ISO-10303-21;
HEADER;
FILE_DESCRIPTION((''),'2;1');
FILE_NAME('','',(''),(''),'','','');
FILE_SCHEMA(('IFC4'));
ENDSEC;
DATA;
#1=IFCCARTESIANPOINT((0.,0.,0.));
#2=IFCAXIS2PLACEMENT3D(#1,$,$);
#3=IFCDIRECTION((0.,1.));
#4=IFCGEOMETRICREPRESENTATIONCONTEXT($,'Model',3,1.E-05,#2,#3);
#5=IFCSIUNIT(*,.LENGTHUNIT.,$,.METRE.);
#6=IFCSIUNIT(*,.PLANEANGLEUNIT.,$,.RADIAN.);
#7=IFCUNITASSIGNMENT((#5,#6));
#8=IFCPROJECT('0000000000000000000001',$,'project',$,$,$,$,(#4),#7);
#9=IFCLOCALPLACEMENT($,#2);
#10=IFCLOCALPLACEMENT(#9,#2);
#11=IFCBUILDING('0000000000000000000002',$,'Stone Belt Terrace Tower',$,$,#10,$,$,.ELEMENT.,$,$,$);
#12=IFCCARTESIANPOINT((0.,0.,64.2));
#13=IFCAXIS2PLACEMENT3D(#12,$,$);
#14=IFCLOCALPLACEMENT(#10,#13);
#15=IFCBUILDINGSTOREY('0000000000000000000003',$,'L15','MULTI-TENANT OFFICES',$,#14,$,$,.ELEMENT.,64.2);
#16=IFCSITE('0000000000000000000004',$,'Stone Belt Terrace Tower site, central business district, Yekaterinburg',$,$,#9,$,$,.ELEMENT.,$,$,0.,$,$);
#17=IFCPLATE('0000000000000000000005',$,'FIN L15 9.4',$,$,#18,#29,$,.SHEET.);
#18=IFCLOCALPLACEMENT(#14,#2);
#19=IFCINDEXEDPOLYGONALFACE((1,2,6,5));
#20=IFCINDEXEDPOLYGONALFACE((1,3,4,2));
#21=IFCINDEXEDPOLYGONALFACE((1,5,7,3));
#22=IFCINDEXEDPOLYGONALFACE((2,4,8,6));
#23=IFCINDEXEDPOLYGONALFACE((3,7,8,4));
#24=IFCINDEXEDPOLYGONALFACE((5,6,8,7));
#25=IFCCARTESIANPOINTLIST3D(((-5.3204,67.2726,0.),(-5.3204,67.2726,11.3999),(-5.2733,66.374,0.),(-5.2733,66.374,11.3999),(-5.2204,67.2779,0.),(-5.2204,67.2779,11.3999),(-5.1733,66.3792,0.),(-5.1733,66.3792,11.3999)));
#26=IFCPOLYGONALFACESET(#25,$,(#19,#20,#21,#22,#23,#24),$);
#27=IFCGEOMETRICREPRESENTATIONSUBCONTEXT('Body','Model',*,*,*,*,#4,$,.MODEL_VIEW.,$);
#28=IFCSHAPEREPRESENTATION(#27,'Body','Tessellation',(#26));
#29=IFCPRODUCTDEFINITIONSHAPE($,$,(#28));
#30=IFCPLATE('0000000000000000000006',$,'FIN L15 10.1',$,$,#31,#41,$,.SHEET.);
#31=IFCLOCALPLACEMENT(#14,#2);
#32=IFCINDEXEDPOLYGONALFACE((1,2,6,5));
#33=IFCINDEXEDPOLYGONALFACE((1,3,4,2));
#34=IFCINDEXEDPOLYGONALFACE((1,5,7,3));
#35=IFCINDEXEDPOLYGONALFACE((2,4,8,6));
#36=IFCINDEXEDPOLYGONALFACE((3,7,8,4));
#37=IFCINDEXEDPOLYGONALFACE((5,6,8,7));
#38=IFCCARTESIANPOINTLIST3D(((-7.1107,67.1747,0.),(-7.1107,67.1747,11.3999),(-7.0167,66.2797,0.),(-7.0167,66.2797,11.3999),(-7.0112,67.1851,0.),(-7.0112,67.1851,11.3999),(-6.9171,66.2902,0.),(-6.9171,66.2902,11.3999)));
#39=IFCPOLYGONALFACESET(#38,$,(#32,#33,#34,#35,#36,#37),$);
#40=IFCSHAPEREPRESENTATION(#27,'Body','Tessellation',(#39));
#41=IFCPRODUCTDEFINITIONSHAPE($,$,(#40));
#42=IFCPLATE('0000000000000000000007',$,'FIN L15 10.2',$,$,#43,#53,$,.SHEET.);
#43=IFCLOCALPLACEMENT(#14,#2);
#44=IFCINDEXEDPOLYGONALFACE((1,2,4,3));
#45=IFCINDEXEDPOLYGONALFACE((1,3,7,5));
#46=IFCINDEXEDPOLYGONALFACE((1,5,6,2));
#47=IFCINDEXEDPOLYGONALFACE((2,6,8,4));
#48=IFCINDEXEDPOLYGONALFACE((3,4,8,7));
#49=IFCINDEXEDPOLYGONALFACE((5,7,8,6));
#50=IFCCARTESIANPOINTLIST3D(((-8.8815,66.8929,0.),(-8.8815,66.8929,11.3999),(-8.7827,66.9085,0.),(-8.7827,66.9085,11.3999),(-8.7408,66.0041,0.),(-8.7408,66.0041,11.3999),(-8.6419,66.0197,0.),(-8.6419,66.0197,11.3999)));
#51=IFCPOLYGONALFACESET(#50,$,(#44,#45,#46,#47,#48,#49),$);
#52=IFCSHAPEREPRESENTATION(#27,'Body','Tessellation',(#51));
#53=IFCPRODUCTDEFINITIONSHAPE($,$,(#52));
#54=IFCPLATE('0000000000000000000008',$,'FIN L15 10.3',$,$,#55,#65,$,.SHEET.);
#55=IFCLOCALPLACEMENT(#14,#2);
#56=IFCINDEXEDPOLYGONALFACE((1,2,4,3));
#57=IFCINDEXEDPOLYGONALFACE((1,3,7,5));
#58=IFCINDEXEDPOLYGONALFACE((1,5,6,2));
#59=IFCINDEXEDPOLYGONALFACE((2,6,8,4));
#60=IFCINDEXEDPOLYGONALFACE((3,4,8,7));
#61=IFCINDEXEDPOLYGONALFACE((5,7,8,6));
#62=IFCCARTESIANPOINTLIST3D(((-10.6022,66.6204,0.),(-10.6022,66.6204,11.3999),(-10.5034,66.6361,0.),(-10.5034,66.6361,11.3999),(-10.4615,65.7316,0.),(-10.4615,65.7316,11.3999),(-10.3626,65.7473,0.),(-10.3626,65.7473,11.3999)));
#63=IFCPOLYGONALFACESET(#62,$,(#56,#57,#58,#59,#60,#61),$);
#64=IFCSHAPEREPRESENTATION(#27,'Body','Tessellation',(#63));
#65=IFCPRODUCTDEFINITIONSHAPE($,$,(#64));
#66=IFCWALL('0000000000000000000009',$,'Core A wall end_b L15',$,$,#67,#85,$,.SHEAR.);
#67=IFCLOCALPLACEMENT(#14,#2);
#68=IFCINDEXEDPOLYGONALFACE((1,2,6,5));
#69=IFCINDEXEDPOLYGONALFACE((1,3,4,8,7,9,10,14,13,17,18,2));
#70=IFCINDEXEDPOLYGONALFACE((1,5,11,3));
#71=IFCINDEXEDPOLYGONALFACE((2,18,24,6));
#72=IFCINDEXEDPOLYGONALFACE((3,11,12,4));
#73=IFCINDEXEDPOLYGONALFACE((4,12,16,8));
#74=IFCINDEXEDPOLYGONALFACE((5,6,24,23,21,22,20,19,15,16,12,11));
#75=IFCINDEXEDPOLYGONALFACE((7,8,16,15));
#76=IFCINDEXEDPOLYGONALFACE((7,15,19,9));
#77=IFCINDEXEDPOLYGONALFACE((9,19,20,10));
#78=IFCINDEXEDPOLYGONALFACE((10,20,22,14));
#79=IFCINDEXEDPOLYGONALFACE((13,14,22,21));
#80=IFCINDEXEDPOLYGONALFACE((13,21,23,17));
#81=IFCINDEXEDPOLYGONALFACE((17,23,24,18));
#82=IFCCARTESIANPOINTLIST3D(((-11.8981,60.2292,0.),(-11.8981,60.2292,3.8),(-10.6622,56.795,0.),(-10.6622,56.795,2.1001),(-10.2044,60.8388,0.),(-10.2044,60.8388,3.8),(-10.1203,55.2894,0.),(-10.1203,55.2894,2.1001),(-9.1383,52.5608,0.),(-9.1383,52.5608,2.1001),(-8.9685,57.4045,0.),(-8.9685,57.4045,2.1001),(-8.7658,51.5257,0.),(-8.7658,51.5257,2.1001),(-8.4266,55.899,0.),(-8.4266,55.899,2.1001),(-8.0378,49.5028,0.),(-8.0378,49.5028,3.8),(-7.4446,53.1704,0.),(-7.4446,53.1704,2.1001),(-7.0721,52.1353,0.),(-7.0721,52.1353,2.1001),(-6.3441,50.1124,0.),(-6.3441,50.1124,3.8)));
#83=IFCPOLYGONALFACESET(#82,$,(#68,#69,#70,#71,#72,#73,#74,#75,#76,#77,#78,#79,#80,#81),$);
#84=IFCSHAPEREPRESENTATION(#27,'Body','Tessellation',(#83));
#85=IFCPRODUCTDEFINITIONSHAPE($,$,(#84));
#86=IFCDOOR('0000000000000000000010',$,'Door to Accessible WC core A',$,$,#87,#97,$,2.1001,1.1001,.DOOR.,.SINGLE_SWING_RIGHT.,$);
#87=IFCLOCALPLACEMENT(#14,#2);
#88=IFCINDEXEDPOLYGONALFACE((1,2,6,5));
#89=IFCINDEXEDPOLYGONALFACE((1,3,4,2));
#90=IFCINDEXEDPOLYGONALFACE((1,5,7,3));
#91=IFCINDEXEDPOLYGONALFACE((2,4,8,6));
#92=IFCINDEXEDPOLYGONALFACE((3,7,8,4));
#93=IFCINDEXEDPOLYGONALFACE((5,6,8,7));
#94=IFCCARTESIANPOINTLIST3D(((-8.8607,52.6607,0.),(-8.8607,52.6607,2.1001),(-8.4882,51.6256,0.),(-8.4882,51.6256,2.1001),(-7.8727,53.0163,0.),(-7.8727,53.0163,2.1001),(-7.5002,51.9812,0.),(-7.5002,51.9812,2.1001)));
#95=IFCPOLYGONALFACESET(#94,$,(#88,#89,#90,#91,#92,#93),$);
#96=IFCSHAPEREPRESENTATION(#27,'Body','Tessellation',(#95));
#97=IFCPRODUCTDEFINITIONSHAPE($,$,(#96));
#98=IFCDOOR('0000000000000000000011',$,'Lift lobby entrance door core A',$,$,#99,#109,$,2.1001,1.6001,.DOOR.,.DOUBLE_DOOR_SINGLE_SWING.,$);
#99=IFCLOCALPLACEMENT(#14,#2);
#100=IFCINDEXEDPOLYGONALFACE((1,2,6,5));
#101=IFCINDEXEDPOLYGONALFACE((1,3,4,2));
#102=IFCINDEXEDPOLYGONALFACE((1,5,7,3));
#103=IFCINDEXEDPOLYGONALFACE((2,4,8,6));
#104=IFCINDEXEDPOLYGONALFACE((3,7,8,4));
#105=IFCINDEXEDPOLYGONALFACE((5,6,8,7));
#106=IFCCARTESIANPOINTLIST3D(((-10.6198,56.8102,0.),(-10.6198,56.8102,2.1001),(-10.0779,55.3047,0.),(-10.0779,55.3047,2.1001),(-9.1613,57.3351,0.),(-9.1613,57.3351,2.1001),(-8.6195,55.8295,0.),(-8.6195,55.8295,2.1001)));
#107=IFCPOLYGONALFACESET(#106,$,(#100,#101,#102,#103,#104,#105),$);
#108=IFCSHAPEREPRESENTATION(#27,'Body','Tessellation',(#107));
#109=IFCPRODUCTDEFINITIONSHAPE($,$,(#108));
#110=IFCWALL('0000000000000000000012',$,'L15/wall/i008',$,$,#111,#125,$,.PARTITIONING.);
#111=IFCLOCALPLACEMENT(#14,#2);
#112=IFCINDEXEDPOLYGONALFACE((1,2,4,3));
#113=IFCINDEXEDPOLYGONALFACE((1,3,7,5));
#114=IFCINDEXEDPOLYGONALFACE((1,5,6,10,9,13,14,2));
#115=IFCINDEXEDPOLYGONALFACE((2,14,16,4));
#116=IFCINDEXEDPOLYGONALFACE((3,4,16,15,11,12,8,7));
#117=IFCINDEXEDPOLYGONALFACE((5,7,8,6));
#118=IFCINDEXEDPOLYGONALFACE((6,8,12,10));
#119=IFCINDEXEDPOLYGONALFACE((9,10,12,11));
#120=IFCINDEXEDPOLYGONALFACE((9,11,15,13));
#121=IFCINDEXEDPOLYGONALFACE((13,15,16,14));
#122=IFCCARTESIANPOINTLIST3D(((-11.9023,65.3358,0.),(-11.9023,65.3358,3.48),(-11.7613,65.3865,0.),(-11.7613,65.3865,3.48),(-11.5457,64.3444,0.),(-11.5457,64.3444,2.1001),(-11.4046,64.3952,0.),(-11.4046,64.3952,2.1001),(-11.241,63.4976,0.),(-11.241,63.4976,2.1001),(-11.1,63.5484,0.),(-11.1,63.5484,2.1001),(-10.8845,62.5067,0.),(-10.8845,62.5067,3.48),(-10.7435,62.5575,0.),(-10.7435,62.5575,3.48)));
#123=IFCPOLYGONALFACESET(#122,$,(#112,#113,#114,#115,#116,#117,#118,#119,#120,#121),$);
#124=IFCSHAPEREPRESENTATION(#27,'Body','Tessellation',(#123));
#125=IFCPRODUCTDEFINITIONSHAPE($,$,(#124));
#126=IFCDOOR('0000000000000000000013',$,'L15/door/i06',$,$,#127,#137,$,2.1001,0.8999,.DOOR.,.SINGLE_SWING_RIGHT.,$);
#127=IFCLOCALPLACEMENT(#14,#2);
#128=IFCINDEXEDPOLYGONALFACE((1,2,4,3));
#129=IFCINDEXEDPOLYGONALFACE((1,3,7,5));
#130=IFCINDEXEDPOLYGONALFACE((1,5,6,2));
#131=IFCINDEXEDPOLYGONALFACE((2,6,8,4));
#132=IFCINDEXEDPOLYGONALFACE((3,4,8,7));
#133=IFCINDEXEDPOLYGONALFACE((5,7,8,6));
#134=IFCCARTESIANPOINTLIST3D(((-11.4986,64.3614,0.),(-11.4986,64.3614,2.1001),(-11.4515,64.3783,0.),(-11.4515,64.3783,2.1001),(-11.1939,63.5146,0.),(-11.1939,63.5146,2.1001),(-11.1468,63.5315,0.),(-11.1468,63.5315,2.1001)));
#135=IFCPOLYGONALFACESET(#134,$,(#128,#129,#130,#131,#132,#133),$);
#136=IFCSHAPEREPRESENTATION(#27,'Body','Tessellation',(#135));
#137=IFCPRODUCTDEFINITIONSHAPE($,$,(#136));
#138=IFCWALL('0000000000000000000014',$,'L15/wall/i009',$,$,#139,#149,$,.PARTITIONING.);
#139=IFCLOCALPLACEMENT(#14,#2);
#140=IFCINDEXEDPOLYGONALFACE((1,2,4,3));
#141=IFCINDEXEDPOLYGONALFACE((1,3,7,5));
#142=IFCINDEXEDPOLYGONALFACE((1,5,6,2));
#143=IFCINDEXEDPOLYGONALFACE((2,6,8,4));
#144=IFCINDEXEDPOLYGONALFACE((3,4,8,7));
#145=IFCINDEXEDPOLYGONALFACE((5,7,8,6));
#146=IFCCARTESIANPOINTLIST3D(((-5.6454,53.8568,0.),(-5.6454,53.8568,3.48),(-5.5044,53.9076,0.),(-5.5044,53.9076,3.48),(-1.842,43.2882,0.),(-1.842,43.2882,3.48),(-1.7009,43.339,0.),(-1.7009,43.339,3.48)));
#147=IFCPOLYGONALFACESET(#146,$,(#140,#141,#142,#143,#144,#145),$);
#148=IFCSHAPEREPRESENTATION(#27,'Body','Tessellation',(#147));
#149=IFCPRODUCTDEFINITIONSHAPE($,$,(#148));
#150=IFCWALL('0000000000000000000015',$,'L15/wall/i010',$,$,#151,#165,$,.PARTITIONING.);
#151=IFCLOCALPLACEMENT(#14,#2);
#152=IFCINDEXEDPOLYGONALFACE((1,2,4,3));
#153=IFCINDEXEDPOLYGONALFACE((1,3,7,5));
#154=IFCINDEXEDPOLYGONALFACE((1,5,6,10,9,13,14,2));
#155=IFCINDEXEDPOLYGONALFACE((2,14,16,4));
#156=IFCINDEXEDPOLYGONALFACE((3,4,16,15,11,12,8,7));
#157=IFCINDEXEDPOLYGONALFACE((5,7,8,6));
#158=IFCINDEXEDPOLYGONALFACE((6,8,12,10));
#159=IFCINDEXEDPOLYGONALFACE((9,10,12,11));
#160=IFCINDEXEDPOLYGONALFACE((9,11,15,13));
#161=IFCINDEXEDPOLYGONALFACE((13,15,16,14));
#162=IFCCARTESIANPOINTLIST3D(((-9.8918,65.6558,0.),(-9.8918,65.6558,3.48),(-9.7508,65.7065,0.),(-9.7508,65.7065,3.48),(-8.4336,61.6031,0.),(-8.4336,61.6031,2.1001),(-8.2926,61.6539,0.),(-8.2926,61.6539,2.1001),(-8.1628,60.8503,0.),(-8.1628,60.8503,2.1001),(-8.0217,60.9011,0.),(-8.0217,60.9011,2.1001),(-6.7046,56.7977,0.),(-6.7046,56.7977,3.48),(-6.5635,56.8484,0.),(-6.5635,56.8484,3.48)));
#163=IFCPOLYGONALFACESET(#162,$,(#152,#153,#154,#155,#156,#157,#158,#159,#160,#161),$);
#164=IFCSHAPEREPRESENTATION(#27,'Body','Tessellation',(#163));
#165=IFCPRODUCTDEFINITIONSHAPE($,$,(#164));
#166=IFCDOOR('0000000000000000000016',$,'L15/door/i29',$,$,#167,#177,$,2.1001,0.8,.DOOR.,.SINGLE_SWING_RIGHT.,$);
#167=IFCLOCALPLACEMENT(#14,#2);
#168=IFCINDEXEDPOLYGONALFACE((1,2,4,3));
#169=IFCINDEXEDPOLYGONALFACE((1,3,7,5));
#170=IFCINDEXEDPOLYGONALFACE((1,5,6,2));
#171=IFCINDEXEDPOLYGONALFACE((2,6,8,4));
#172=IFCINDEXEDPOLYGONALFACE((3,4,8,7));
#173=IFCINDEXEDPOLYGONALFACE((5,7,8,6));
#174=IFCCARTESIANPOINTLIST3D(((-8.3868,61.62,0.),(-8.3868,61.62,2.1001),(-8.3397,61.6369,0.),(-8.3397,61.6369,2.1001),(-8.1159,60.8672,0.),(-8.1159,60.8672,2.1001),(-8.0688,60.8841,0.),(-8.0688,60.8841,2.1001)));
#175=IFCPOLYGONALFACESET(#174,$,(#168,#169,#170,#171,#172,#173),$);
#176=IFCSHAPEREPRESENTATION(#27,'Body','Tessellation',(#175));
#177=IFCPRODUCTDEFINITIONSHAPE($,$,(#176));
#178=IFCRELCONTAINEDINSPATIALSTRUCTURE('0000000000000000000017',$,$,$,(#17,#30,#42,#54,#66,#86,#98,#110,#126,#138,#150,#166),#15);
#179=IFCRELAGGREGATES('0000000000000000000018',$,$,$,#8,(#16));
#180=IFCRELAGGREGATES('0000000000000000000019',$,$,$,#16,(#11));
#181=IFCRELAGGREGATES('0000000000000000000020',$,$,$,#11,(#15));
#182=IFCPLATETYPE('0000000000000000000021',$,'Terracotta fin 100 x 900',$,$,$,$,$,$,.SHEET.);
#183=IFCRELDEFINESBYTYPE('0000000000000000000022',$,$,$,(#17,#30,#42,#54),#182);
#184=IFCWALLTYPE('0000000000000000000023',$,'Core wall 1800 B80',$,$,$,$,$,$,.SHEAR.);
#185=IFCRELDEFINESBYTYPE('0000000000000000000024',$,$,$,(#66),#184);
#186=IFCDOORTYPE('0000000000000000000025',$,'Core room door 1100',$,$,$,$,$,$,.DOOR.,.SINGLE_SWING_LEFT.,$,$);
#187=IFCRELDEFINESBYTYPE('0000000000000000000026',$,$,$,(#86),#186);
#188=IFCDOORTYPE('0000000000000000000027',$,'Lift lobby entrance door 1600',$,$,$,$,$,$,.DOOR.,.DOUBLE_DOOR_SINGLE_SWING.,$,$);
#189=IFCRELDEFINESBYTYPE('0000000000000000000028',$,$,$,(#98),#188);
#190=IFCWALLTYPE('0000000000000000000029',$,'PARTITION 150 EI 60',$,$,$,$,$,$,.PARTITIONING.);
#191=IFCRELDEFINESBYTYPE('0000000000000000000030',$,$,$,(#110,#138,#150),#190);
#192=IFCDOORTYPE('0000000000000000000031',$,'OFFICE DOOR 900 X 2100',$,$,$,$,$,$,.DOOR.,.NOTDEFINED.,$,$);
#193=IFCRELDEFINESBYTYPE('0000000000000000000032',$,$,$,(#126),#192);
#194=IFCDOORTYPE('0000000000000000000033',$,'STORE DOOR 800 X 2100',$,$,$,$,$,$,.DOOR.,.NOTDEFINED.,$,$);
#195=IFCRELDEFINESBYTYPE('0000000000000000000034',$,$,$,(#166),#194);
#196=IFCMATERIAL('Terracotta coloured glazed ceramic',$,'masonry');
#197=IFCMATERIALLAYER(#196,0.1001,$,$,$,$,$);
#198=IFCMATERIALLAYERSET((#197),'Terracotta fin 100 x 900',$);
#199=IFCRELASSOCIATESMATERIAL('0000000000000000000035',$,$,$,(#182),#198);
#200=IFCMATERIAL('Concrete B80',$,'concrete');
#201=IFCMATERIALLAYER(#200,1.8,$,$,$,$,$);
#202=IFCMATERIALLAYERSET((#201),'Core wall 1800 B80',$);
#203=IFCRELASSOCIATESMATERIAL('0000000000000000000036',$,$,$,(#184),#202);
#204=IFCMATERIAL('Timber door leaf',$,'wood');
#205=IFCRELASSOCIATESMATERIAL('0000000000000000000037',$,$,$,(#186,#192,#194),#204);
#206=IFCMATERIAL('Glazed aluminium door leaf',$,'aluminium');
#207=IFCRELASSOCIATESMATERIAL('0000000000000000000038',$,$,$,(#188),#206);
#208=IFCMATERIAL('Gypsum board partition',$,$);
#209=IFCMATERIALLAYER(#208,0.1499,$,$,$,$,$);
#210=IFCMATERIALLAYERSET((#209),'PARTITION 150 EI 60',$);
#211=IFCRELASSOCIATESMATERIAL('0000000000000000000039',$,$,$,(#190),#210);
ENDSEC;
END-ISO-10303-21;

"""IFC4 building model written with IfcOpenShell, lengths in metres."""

from ifc_helpers import new_model, si_unit, direction, frame, frame_2d, origin, origin_2d, place, context, subcontext, project, spatial, rectangle, extrude, material, layer, layer_set, type_object, element, fill, save


model = new_model("IFC4")

# Units and contexts
model_context = context("Model", 3, precision=1e-05, world=origin(), true_north=direction((0.0, 1.0)))
body_context = subcontext(model_context, "Body", "Model", "MODEL_VIEW")
ifc_project = project(units=[si_unit("LENGTHUNIT", "METRE"), si_unit("PLANEANGLEUNIT", "RADIAN")], contexts=[model_context])

# Site, building, storey
site_placement = place(None, origin())
site = spatial("IfcSite", under=ifc_project, at=site_placement, Name="Stone Belt Terrace Tower site, central business district, Yekaterinburg", CompositionType="ELEMENT", RefElevation=0.0)
building_placement = place(site_placement, origin())
building = spatial("IfcBuilding", under=site, at=building_placement, Name="Stone Belt Terrace Tower", CompositionType="ELEMENT")
storey_placement = place(building_placement, frame((0.0, 0.0, 64.2)))
storey = spatial("IfcBuildingStorey", under=building, at=storey_placement, Name="L15", Description="MULTI-TENANT OFFICES", CompositionType="ELEMENT", Elevation=64.2)

# Shared definitions
ifc_material_1 = material(Name="Concrete B80", Category="concrete")

# Plates
ifc_material_2 = material(Name="Terracotta coloured glazed ceramic", Category="masonry")
ifc_layer_1 = layer(ifc_material_2, 0.1001)
ifc_layer_set_1 = layer_set([ifc_layer_1], Name="Terracotta fin 100 x 900")
plate_type_1 = type_object("IfcPlateType", Name="Terracotta fin 100 x 900", PredefinedType="SHEET", material=ifc_layer_set_1)
for number, where, z_axis, x_axis, name in (
    (1, (-5.2468, 66.8259, 0.0), (0.0, 0.0, 1.0), (-0.052336, 0.99863, 0.0), "FIN L15 9.4"),
    (2, (-7.0139, 66.7324, 0.0), (0.0, 0.0, 1.0), (-0.104528, 0.994522, 0.0), "FIN L15 10.1"),
    (3, (-8.7617, 66.4563, 0.0), (0.0, 0.0, 1.0), (-0.156434, 0.987688, 0.0), "FIN L15 10.2"),
    (4, (-10.4824, 66.1838, 0.0), (0.0, 0.0, 1.0), (-0.156434, 0.987688, 0.0), "FIN L15 10.3"),
):
    element("IfcPlate", number, at=place(storey_placement, frame(where, z_axis=z_axis, x_axis=x_axis)), inside=storey, type_object=plate_type_1, Name=name, PredefinedType="SHEET", context=body_context, shape_type="SweptSolid", body=[
        extrude(rectangle(XDim=0.8999, YDim=0.1001, at=origin_2d()), origin(), (0.0, 0.0, 1.0), 11.3999),
    ])

# Wall, openings, doors
ifc_layer_2 = layer(ifc_material_1, 1.8)
ifc_layer_set_2 = layer_set([ifc_layer_2], Name="Core wall 1800 B80")
wall_type_1 = type_object("IfcWallType", Name="Core wall 1800 B80", PredefinedType="SHEAR", material=ifc_layer_set_2)
wall_1_placement = place(storey_placement, frame((-7.1909, 49.8076, 0.0), z_axis=(0.0, 0.0, 1.0), x_axis=(-0.338632, 0.940919, 0.0)))
wall_1 = element("IfcWall", 5, at=wall_1_placement, inside=storey, type_object=wall_type_1, Name="Core A wall end_b L15", PredefinedType="SHEAR", context=body_context, shape_type="SweptSolid", body=[
    extrude(rectangle(XDim=11.3999, YDim=1.8, at=frame_2d((5.7, 0.0))), origin(), (0.0, 0.0, 1.0), 3.8),
])
opening_1_placement = place(wall_1_placement, frame((6.1499, 0.0, 0.0)))
opening_1 = element("IfcOpeningElement", 6, at=opening_1_placement, cuts=wall_1, PredefinedType="OPENING", context=body_context, shape_type="SweptSolid", body=[
    extrude(rectangle(XDim=1.6001, YDim=2.1001, at=frame_2d((0.8, 1.05))), frame((0.0, 0.9099, 0.0), z_axis=(0.0, -1.0, 0.0), x_axis=(1.0, 0.0, 0.0)), (0.0, 0.0, 1.0), 1.8201),
])
opening_2_placement = place(wall_1_placement, frame((2.1499, 0.0, 0.0)))
opening_2 = element("IfcOpeningElement", 7, at=opening_2_placement, cuts=wall_1, PredefinedType="OPENING", context=body_context, shape_type="SweptSolid", body=[
    extrude(rectangle(XDim=1.1001, YDim=2.1001, at=frame_2d((0.55, 1.05))), frame((0.0, 0.9099, 0.0), z_axis=(0.0, -1.0, 0.0), x_axis=(1.0, 0.0, 0.0)), (0.0, 0.0, 1.0), 1.8201),
])
ifc_material_3 = material(Name="Timber door leaf", Category="wood")
door_type_1 = type_object("IfcDoorType", Name="Core room door 1100", OperationType="SINGLE_SWING_LEFT", PredefinedType="DOOR", material=ifc_material_3)
door_1_placement = place(opening_2_placement, origin())
door_1 = element("IfcDoor", 8, at=door_1_placement, inside=storey, type_object=door_type_1, Name="Door to Accessible WC core A", OperationType="SINGLE_SWING_RIGHT", OverallHeight=2.1001, OverallWidth=1.1001, PredefinedType="DOOR", context=body_context, shape_type="SweptSolid", body=[
    extrude(rectangle(XDim=1.1001, YDim=2.1001, at=frame_2d((0.55, 1.05))), frame((0.0, 0.605, 0.0), z_axis=(0.0, -1.0, 0.0), x_axis=(1.0, 0.0, 0.0)), (0.0, 0.0, 1.0), 1.05),
])
fill(opening_2, door_1)
ifc_material_4 = material(Name="Glazed aluminium door leaf", Category="aluminium")
door_type_2 = type_object("IfcDoorType", Name="Lift lobby entrance door 1600", OperationType="DOUBLE_DOOR_SINGLE_SWING", PredefinedType="DOOR", material=ifc_material_4)
door_2_placement = place(opening_1_placement, origin())
door_2 = element("IfcDoor", 9, at=door_2_placement, inside=storey, type_object=door_type_2, Name="Lift lobby entrance door core A", OperationType="DOUBLE_DOOR_SINGLE_SWING", OverallHeight=2.1001, OverallWidth=1.6001, PredefinedType="DOOR", context=body_context, shape_type="SweptSolid", body=[
    extrude(rectangle(XDim=1.6001, YDim=2.1001, at=frame_2d((0.8, 1.05))), frame((0.0, 0.855, 0.0), z_axis=(0.0, -1.0, 0.0), x_axis=(1.0, 0.0, 0.0)), (0.0, 0.0, 1.0), 1.55),
])
fill(opening_1, door_2)

# Wall, opening, door
ifc_material_5 = material(Name="Gypsum board partition")
ifc_layer_3 = layer(ifc_material_5, 0.1499)
ifc_layer_set_3 = layer_set([ifc_layer_3], Name="PARTITION 150 EI 60")
wall_type_2 = type_object("IfcWallType", Name="PARTITION 150 EI 60", PredefinedType="PARTITIONING", material=ifc_layer_set_3)
wall_2_placement = place(storey_placement, frame((-10.814, 62.532, 0.0), z_axis=(0.0, 0.0, 1.0), x_axis=(-0.338527, 0.940957, 0.0)))
wall_2 = element("IfcWall", 10, at=wall_2_placement, inside=storey, type_object=wall_type_2, Name="L15/wall/i008", PredefinedType="PARTITIONING", context=body_context, shape_type="SweptSolid", body=[
    extrude(rectangle(XDim=3.0066, YDim=0.1499, at=frame_2d((1.5034, 0.0))), origin(), (0.0, 0.0, 1.0), 3.48),
])
opening_3_placement = place(wall_2_placement, frame((1.0532, 0.0, 0.0)))
opening_3 = element("IfcOpeningElement", 11, at=opening_3_placement, cuts=wall_2, PredefinedType="OPENING", context=body_context, shape_type="SweptSolid", body=[
    extrude(rectangle(XDim=0.8999, YDim=2.1001, at=frame_2d((0.45, 1.05))), frame((0.0, 0.085, 0.0), z_axis=(0.0, -1.0, 0.0), x_axis=(1.0, 0.0, 0.0)), (0.0, 0.0, 1.0), 0.1699),
])
door_type_3 = type_object("IfcDoorType", Name="OFFICE DOOR 900 X 2100", OperationType="NOTDEFINED", PredefinedType="DOOR", material=ifc_material_3)
door_3_placement = place(opening_3_placement, origin())
door_3 = element("IfcDoor", 12, at=door_3_placement, inside=storey, type_object=door_type_3, Name="L15/door/i06", OperationType="SINGLE_SWING_RIGHT", OverallHeight=2.1001, OverallWidth=0.8999, PredefinedType="DOOR", context=body_context, shape_type="SweptSolid", body=[
    extrude(rectangle(XDim=0.8999, YDim=2.1001, at=frame_2d((0.45, 1.05))), frame((0.0, 0.0249, 0.0), z_axis=(0.0, -1.0, 0.0), x_axis=(1.0, 0.0, 0.0)), (0.0, 0.0, 1.0), 0.05),
])
fill(opening_3, door_3)

# Wall
wall_3_placement = place(storey_placement, frame((-5.575, 53.8823, 0.0), z_axis=(0.0, 0.0, 1.0), x_axis=(0.338622, -0.940922, 0.0)))
element("IfcWall", 13, at=wall_3_placement, inside=storey, type_object=wall_type_2, Name="L15/wall/i009", PredefinedType="PARTITIONING", context=body_context, shape_type="SweptSolid", body=[
    extrude(rectangle(XDim=11.2322, YDim=0.1499, at=frame_2d((5.6162, 0.0))), origin(), (0.0, 0.0, 1.0), 3.48),
])

# Wall, opening, door
wall_4_placement = place(storey_placement, frame((-9.8213, 65.6812, 0.0), z_axis=(0.0, 0.0, 1.0), x_axis=(0.338562, -0.940944, 0.0)))
wall_4 = element("IfcWall", 14, at=wall_4_placement, inside=storey, type_object=wall_type_2, Name="L15/wall/i010", PredefinedType="PARTITIONING", context=body_context, shape_type="SweptSolid", body=[
    extrude(rectangle(XDim=9.4141, YDim=0.1499, at=frame_2d((4.707, 0.0))), origin(), (0.0, 0.0, 1.0), 3.48),
])
opening_4_placement = place(wall_4_placement, frame((4.3071, 0.0, 0.0)))
opening_4 = element("IfcOpeningElement", 15, at=opening_4_placement, cuts=wall_4, PredefinedType="OPENING", context=body_context, shape_type="SweptSolid", body=[
    extrude(rectangle(XDim=0.8, YDim=2.1001, at=frame_2d((0.3999, 1.05))), frame((0.0, 0.085, 0.0), z_axis=(0.0, -1.0, 0.0), x_axis=(1.0, 0.0, 0.0)), (0.0, 0.0, 1.0), 0.1699),
])
door_type_4 = type_object("IfcDoorType", Name="STORE DOOR 800 X 2100", OperationType="NOTDEFINED", PredefinedType="DOOR", material=ifc_material_3)
door_4_placement = place(opening_4_placement, origin())
door_4 = element("IfcDoor", 16, at=door_4_placement, inside=storey, type_object=door_type_4, Name="L15/door/i29", OperationType="SINGLE_SWING_RIGHT", OverallHeight=2.1001, OverallWidth=0.8, PredefinedType="DOOR", context=body_context, shape_type="SweptSolid", body=[
    extrude(rectangle(XDim=0.8, YDim=2.1001, at=frame_2d((0.3999, 1.05))), frame((0.0, 0.0249, 0.0), z_axis=(0.0, -1.0, 0.0), x_axis=(1.0, 0.0, 0.0)), (0.0, 0.0, 1.0), 0.05),
])
fill(opening_4, door_4)

save(model, "model.ifc")
